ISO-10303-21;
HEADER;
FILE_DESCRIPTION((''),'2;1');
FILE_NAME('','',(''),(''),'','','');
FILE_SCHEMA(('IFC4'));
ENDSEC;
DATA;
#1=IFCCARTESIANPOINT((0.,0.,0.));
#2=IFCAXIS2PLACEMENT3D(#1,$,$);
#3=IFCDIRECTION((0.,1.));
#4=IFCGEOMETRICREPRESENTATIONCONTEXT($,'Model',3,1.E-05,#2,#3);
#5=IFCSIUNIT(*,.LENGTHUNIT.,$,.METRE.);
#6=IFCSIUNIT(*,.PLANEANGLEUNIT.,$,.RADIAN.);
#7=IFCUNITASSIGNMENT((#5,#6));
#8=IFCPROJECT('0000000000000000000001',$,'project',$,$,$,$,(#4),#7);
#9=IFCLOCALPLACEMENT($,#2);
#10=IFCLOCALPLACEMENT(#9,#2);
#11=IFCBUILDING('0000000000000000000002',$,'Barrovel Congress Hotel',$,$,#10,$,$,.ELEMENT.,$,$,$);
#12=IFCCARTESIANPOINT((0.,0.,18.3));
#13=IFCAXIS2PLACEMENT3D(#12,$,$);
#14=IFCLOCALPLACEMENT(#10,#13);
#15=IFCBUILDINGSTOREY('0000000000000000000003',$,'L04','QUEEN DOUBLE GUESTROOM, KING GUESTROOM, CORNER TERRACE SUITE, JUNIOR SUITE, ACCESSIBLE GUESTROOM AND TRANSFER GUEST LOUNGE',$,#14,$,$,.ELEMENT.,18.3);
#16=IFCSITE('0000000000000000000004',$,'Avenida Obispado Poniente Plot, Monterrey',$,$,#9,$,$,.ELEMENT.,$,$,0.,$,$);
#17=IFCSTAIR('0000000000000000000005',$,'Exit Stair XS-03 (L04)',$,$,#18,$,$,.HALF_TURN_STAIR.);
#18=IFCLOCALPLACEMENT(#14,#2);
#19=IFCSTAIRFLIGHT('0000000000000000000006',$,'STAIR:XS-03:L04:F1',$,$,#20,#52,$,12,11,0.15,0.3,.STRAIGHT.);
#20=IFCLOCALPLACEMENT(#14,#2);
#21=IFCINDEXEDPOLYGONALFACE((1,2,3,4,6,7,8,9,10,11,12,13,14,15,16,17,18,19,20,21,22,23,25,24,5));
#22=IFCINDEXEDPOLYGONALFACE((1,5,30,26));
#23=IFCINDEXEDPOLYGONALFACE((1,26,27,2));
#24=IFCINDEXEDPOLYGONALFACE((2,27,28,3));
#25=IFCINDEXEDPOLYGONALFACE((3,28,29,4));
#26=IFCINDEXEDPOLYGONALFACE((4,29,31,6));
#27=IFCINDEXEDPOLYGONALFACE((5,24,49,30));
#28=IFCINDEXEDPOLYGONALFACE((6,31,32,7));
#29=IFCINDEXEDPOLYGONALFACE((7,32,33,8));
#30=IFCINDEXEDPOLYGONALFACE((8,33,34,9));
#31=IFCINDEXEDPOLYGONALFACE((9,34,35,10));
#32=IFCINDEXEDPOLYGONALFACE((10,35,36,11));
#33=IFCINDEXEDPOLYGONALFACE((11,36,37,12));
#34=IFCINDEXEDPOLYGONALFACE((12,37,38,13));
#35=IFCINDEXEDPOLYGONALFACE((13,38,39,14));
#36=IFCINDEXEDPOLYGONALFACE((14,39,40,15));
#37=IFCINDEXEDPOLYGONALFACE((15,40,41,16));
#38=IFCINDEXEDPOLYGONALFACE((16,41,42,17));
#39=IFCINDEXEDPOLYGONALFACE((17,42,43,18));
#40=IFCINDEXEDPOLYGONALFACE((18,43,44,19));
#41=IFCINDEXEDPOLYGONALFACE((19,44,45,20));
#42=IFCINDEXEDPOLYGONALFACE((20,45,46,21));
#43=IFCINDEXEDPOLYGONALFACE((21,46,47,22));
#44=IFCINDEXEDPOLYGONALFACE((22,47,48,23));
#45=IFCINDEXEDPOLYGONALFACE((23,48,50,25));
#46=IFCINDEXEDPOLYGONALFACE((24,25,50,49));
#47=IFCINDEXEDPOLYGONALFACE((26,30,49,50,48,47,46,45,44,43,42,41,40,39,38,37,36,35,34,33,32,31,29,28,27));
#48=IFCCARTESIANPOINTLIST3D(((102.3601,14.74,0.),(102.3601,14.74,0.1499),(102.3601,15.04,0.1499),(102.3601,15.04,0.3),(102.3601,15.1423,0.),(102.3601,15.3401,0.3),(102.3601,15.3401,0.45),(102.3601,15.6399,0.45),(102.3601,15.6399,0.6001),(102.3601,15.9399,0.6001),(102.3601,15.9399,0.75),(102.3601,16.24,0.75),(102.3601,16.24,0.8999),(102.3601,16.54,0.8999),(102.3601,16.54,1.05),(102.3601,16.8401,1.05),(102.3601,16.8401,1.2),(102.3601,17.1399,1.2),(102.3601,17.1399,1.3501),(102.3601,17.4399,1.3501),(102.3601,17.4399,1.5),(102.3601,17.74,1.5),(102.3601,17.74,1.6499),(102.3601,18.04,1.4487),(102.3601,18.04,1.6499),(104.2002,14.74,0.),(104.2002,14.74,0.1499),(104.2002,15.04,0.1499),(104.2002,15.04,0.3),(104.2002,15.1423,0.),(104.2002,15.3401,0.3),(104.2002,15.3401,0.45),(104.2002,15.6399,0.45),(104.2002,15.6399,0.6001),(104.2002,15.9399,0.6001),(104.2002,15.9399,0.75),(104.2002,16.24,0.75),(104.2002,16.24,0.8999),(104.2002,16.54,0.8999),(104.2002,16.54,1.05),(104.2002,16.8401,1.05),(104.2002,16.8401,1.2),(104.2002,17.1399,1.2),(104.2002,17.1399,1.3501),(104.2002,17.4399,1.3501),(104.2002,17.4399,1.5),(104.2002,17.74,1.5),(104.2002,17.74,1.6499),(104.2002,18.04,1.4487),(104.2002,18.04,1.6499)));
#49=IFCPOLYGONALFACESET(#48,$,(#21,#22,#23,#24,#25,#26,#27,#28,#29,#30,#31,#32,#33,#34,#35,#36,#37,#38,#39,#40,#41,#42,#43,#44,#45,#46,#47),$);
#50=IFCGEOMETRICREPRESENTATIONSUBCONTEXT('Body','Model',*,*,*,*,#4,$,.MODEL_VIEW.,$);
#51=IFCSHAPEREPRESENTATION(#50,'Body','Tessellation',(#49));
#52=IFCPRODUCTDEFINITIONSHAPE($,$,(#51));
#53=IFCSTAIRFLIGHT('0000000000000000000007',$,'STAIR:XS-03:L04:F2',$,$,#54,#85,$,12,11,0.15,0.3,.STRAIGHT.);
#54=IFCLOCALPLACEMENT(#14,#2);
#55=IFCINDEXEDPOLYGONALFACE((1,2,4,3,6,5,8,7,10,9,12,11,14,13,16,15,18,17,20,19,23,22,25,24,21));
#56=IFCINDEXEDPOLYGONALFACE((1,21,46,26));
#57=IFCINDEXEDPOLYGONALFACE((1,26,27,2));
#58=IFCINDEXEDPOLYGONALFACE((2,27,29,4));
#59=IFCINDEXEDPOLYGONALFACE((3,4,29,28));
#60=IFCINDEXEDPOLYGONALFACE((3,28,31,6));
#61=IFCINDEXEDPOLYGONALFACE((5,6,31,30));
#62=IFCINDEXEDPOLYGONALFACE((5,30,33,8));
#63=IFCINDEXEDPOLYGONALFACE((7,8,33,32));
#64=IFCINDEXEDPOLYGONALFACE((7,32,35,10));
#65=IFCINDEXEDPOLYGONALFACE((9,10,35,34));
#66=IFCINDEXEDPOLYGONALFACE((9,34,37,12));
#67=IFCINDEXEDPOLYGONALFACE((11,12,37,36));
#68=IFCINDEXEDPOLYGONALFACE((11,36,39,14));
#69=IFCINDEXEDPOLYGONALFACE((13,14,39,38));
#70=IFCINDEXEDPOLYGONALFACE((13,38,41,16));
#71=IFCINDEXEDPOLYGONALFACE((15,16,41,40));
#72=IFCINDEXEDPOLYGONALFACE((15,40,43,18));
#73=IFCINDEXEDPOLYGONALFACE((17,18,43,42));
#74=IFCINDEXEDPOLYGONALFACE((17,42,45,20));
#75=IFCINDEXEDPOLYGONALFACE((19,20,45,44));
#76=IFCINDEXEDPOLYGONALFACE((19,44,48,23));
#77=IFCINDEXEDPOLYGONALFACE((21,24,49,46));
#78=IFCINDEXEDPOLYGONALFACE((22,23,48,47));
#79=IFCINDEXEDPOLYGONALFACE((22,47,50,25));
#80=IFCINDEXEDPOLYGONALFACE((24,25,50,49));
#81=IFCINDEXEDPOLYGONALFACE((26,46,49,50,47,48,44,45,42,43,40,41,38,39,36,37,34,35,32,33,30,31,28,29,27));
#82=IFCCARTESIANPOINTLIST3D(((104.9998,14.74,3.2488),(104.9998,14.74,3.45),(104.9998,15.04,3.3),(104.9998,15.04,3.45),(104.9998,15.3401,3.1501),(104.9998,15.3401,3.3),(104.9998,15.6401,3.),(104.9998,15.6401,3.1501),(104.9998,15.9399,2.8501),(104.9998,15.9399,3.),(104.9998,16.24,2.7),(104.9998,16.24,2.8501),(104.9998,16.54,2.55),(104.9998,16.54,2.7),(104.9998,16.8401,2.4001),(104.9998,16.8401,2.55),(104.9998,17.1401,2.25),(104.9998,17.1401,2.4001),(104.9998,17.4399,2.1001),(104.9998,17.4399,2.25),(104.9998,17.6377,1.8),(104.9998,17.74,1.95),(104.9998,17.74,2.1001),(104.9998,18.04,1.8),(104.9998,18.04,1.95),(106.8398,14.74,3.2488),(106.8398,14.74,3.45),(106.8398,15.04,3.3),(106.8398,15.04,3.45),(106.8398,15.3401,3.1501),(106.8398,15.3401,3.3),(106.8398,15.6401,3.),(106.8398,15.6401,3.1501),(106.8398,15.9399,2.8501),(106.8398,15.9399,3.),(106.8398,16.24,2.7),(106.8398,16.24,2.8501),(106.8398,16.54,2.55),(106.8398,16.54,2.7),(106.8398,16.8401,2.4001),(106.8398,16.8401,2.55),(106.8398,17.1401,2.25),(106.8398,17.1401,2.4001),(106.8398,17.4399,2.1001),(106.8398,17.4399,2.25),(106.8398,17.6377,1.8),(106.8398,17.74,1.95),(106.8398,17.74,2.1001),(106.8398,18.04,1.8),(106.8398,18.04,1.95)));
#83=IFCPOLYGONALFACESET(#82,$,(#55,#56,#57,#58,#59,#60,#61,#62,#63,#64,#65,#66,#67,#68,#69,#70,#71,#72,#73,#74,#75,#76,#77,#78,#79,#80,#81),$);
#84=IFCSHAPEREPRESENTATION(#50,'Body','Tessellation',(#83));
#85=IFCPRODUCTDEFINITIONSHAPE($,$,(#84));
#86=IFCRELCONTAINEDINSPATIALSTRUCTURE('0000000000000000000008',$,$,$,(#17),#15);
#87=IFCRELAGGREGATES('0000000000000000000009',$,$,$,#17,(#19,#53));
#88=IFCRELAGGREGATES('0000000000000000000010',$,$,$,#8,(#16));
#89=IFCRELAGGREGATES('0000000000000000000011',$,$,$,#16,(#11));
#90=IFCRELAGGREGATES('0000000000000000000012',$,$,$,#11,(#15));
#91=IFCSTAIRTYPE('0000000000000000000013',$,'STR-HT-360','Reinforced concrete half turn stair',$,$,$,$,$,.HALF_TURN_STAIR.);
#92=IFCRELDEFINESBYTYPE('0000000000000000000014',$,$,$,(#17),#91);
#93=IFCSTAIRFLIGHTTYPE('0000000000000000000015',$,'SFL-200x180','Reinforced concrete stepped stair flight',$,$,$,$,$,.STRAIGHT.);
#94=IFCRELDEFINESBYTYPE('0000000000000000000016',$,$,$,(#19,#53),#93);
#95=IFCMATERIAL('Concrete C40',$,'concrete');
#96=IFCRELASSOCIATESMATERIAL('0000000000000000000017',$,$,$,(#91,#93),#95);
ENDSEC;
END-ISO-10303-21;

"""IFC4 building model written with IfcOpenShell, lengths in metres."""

from ifc_helpers import new_model, si_unit, direction, frame, origin, place, context, subcontext, project, spatial, polyline, outline, extrude, material, type_object, element, aggregate, save


model = new_model("IFC4")

# Units and contexts
model_context = context("Model", 3, precision=1e-05, world=origin(), true_north=direction((0.0, 1.0)))
body_context = subcontext(model_context, "Body", "Model", "MODEL_VIEW")
ifc_project = project(units=[si_unit("LENGTHUNIT", "METRE"), si_unit("PLANEANGLEUNIT", "RADIAN")], contexts=[model_context])

# Site, building, storey
site_placement = place(None, origin())
site = spatial("IfcSite", under=ifc_project, at=site_placement, Name="Avenida Obispado Poniente Plot, Monterrey", CompositionType="ELEMENT", RefElevation=0.0)
building_placement = place(site_placement, origin())
building = spatial("IfcBuilding", under=site, at=building_placement, Name="Barrovel Congress Hotel", CompositionType="ELEMENT")
storey_placement = place(building_placement, frame((0.0, 0.0, 18.3)))
storey = spatial("IfcBuildingStorey", under=building, at=storey_placement, Name="L04", Description="QUEEN DOUBLE GUESTROOM, KING GUESTROOM, CORNER TERRACE SUITE, JUNIOR SUITE, ACCESSIBLE GUESTROOM AND TRANSFER GUEST LOUNGE", CompositionType="ELEMENT", Elevation=18.3)

# Shared definitions
ifc_material_1 = material(Name="Concrete C40", Category="concrete")

# Stair, stair flights
stair_type = type_object("IfcStairType", Name="STR-HT-360", Description="Reinforced concrete half turn stair", PredefinedType="HALF_TURN_STAIR", material=ifc_material_1)
stair_placement = place(storey_placement, origin())
stair = element("IfcStair", 1, at=stair_placement, inside=storey, type_object=stair_type, Name="Exit Stair XS-03 (L04)", PredefinedType="HALF_TURN_STAIR")
stair_flight_type = type_object("IfcStairFlightType", Name="SFL-200x180", Description="Reinforced concrete stepped stair flight", PredefinedType="STRAIGHT", material=ifc_material_1)
stair_flight_1_placement = place(storey_placement, frame((103.28, 14.74, 0.0), z_axis=(0.0, 0.0, 1.0), x_axis=(0.0, 1.0, 0.0)))
stair_flight_1 = element("IfcStairFlight", 2, at=stair_flight_1_placement, type_object=stair_flight_type, Name="STAIR:XS-03:L04:F1", NumberOfRisers=12, NumberOfTreads=11, PredefinedType="STRAIGHT", RiserHeight=0.15, TreadLength=0.3, context=body_context, shape_type="SweptSolid", body=[
    extrude(outline(polyline([(0.0, 0.0), (0.0, 0.1499), (0.3, 0.1499), (0.3, 0.3), (0.6001, 0.3), (0.6001, 0.45), (0.8999, 0.45), (0.8999, 0.6001), (1.2, 0.6001), (1.2, 0.75), (1.5, 0.75), (1.5, 0.8999), (1.8, 0.8999), (1.8, 1.05), (2.1001, 1.05), (2.1001, 1.2), (2.3999, 1.2), (2.3999, 1.3501), (2.7, 1.3501), (2.7, 1.5), (3.0, 1.5), (3.0, 1.6499), (3.3, 1.6499), (3.3, 1.8), (3.3, 1.4487), (0.4023, 0.0), (0.0, 0.0)])), frame((0.0, 0.9199, 0.0), z_axis=(0.0, -1.0, 0.0), x_axis=(1.0, 0.0, 0.0)), (0.0, 0.0, 1.0), 1.8401),
])
stair_flight_2_placement = place(storey_placement, frame((105.9199, 18.04, 1.8), z_axis=(0.0, 0.0, 1.0), x_axis=(0.0, -1.0, 0.0)))
stair_flight_2 = element("IfcStairFlight", 3, at=stair_flight_2_placement, type_object=stair_flight_type, Name="STAIR:XS-03:L04:F2", NumberOfRisers=12, NumberOfTreads=11, PredefinedType="STRAIGHT", RiserHeight=0.15, TreadLength=0.3, context=body_context, shape_type="SweptSolid", body=[
    extrude(outline(polyline([(0.0, 0.0), (0.0, 0.1499), (0.3, 0.1499), (0.3, 0.3), (0.6001, 0.3), (0.6001, 0.45), (0.8999, 0.45), (0.8999, 0.6001), (1.2, 0.6001), (1.2, 0.75), (1.5, 0.75), (1.5, 0.8999), (1.8, 0.8999), (1.8, 1.05), (2.1001, 1.05), (2.1001, 1.2), (2.3999, 1.2), (2.3999, 1.3501), (2.7, 1.3501), (2.7, 1.5), (3.0, 1.5), (3.0, 1.6499), (3.3, 1.6499), (3.3, 1.8), (3.3, 1.4487), (0.4023, 0.0), (0.0, 0.0)])), frame((0.0, 0.9199, 0.0), z_axis=(0.0, -1.0, 0.0), x_axis=(1.0, 0.0, 0.0)), (0.0, 0.0, 1.0), 1.8401),
])
aggregate(stair, [stair_flight_1, stair_flight_2])

save(model, "model.ifc")
